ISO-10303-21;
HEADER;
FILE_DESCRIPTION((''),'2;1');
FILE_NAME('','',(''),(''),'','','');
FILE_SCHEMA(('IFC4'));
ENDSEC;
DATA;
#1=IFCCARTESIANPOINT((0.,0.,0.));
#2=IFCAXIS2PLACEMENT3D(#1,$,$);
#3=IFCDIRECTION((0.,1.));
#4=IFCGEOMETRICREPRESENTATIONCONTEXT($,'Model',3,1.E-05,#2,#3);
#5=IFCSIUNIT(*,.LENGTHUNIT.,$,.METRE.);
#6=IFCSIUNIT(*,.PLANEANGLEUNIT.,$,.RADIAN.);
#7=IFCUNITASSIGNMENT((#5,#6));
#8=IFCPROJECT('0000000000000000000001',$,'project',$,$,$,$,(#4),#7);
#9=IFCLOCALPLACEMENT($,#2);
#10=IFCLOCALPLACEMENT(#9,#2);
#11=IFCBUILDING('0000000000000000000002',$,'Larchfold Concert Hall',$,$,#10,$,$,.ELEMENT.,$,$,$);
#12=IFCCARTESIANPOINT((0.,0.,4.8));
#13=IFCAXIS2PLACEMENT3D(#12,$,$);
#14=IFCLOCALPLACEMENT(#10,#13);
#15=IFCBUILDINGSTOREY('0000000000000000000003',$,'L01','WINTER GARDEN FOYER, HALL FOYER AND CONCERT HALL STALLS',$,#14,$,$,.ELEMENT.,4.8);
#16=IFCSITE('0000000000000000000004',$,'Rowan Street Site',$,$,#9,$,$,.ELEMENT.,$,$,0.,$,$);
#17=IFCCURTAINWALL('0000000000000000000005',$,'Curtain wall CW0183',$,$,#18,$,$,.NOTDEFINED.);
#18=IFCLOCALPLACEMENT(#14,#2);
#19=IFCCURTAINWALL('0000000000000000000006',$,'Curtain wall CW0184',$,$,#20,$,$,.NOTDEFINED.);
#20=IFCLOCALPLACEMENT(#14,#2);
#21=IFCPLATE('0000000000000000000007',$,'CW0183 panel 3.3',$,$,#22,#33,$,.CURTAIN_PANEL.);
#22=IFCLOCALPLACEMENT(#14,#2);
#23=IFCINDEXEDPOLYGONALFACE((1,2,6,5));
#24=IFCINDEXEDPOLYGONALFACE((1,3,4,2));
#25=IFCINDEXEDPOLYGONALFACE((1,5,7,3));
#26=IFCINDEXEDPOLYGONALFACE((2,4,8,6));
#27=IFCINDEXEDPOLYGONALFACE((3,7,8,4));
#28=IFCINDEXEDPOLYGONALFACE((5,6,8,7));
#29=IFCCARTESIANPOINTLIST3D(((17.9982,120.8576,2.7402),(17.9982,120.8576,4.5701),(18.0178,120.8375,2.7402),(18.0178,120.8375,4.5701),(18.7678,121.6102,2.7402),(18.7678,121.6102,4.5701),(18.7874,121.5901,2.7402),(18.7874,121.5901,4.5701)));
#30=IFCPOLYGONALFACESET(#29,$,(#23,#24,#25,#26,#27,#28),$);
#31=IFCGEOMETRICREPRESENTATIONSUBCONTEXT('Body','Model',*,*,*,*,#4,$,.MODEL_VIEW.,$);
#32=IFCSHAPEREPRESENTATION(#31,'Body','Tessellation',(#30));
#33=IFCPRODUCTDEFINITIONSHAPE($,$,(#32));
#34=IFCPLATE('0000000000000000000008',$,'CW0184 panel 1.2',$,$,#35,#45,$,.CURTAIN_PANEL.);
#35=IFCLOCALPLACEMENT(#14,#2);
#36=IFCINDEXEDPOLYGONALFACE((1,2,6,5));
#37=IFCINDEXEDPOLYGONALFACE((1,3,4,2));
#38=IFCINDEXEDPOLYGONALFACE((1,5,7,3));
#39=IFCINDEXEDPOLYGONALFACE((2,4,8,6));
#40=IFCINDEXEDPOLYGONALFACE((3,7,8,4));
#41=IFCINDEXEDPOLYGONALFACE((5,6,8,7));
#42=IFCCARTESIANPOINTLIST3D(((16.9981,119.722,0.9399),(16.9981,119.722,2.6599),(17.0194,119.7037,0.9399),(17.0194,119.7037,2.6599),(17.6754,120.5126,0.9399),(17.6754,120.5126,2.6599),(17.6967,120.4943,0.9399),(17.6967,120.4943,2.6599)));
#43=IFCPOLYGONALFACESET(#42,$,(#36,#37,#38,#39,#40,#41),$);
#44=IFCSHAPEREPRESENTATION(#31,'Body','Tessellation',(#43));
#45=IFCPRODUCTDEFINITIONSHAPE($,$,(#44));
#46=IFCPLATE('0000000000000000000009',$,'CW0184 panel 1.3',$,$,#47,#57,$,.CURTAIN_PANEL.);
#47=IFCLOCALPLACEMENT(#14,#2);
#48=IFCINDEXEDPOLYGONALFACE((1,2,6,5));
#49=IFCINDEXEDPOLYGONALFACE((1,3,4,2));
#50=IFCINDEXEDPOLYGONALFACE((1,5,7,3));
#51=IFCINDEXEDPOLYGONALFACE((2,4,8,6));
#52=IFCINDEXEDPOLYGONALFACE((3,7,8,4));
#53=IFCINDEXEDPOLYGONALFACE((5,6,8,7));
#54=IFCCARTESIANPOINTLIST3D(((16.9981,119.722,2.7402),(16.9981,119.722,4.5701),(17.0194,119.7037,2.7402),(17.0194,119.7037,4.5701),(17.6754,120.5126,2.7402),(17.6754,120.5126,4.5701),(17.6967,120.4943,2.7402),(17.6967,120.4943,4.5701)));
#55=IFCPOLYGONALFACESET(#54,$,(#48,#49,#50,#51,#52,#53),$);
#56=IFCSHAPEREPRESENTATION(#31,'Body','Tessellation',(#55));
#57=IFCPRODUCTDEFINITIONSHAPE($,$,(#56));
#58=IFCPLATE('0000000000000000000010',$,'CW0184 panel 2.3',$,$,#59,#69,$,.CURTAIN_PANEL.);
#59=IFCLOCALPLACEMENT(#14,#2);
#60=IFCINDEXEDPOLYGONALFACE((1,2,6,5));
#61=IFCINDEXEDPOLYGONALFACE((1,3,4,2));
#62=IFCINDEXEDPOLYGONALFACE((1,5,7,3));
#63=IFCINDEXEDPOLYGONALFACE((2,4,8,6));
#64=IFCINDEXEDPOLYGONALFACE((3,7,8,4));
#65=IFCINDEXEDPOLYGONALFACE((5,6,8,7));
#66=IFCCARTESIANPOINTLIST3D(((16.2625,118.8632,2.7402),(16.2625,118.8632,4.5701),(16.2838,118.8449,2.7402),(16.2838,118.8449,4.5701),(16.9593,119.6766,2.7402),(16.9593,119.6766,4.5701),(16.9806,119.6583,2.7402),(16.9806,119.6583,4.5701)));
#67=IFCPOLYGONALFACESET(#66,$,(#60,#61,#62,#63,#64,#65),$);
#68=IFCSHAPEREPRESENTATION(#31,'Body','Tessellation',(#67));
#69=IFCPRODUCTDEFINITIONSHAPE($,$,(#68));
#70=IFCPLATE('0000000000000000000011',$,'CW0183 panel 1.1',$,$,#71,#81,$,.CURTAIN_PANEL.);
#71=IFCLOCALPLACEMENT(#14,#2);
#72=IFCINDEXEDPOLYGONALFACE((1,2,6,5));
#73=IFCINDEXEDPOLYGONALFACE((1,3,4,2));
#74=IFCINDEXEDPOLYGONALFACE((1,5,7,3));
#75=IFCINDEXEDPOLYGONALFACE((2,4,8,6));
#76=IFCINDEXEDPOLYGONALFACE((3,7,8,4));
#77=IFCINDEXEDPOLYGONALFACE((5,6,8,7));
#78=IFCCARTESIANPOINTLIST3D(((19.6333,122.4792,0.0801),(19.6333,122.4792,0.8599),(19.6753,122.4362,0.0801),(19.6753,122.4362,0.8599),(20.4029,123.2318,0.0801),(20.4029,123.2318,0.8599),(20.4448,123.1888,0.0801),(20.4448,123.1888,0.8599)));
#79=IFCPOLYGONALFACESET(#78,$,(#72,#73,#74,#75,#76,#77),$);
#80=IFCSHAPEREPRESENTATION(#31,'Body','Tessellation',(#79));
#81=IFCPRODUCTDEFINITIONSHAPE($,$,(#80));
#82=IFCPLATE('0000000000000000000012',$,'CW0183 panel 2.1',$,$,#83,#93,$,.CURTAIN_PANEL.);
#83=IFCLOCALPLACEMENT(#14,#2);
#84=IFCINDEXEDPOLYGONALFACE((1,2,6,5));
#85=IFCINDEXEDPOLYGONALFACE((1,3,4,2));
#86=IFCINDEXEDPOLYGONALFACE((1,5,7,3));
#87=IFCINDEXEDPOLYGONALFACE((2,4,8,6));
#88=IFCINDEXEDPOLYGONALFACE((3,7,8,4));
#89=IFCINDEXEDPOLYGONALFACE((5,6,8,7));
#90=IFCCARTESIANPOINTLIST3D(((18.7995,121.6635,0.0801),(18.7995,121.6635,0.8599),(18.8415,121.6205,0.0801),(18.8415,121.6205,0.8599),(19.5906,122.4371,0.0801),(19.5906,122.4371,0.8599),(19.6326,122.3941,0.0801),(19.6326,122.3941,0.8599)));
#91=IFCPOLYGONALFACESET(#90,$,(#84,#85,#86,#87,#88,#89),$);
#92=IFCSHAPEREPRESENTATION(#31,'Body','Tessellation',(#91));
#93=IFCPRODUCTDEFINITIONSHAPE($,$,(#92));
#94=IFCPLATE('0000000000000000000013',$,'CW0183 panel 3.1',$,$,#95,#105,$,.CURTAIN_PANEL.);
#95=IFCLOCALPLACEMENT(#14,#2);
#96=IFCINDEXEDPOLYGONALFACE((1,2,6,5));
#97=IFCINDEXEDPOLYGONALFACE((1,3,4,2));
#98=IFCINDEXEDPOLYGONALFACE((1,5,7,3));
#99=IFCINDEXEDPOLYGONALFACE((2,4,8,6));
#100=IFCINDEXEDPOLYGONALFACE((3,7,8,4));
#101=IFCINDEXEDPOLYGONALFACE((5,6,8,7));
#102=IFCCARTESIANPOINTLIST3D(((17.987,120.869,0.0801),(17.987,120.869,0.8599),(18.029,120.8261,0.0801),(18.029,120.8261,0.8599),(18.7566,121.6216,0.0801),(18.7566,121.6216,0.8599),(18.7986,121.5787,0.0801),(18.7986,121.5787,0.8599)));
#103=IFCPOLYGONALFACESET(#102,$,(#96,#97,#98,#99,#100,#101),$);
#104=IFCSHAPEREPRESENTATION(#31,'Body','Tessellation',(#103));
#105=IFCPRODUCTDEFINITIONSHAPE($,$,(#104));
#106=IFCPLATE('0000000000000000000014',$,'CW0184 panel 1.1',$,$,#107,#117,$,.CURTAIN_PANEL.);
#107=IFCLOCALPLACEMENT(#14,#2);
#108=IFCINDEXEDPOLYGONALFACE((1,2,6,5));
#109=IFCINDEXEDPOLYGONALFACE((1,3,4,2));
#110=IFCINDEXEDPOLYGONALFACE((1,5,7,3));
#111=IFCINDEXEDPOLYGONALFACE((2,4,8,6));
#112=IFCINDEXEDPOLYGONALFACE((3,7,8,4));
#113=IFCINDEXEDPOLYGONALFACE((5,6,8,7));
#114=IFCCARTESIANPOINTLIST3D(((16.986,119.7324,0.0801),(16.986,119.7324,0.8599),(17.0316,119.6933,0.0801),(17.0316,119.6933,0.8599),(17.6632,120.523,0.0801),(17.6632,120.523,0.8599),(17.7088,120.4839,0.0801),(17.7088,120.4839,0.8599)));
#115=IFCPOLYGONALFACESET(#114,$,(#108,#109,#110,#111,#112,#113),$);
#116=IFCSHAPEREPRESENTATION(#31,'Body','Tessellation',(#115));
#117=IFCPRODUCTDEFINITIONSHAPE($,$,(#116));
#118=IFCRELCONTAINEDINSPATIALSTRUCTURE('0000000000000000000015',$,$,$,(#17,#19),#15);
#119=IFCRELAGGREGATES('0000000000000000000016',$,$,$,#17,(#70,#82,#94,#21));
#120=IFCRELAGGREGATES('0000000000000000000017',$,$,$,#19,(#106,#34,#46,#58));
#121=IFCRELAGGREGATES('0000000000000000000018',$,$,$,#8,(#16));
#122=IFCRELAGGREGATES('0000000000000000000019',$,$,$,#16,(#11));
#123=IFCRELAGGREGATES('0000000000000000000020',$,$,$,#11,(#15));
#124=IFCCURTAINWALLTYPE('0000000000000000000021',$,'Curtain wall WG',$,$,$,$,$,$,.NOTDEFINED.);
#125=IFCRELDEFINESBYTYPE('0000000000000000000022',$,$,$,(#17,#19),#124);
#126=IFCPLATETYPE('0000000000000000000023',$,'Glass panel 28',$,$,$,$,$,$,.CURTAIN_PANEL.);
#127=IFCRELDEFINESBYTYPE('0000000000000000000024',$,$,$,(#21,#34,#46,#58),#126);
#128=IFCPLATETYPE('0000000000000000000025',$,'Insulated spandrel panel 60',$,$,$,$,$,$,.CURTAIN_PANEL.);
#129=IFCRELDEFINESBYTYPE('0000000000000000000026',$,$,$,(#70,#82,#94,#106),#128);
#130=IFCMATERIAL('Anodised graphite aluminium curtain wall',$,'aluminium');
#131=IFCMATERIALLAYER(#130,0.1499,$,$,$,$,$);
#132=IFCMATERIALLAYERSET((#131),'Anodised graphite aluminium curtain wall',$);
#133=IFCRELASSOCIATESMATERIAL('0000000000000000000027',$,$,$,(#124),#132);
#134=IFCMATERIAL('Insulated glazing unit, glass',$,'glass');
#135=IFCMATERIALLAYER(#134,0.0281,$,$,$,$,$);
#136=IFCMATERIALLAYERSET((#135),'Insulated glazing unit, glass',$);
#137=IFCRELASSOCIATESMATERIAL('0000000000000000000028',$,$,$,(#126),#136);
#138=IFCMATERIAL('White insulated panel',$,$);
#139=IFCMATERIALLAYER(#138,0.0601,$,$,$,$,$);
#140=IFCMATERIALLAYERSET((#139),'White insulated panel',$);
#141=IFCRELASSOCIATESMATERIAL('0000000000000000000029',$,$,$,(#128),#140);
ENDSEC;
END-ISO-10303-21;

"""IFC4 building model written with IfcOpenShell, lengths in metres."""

from ifc_helpers import new_model, si_unit, direction, frame, origin, origin_2d, place, context, subcontext, project, spatial, rectangle, extrude, material, layer, layer_set, type_object, element, aggregate, save


model = new_model("IFC4")

# Units and contexts
model_context = context("Model", 3, precision=1e-05, world=origin(), true_north=direction((0.0, 1.0)))
body_context = subcontext(model_context, "Body", "Model", "MODEL_VIEW")
ifc_project = project(units=[si_unit("LENGTHUNIT", "METRE"), si_unit("PLANEANGLEUNIT", "RADIAN")], contexts=[model_context])

# Site, building, storey
site_placement = place(None, origin())
site = spatial("IfcSite", under=ifc_project, at=site_placement, Name="Rowan Street Site", CompositionType="ELEMENT", RefElevation=0.0)
building_placement = place(site_placement, origin())
building = spatial("IfcBuilding", under=site, at=building_placement, Name="Larchfold Concert Hall", CompositionType="ELEMENT")
storey_placement = place(building_placement, frame((0.0, 0.0, 4.8)))
storey = spatial("IfcBuildingStorey", under=building, at=storey_placement, Name="L01", Description="WINTER GARDEN FOYER, HALL FOYER AND CONCERT HALL STALLS", CompositionType="ELEMENT", Elevation=4.8)

# Curtain walls
ifc_material_1 = material(Name="Anodised graphite aluminium curtain wall", Category="aluminium")
ifc_layer_1 = layer(ifc_material_1, 0.1499)
ifc_layer_set_1 = layer_set([ifc_layer_1], Name="Anodised graphite aluminium curtain wall")
curtain_wall_type = type_object("IfcCurtainWallType", Name="Curtain wall WG", PredefinedType="NOTDEFINED", material=ifc_layer_set_1)
curtain_wall_1_placement = place(storey_placement, origin())
curtain_wall_1 = element("IfcCurtainWall", 1, at=curtain_wall_1_placement, inside=storey, type_object=curtain_wall_type, Name="Curtain wall CW0183", PredefinedType="NOTDEFINED")
curtain_wall_2_placement = place(storey_placement, origin())
curtain_wall_2 = element("IfcCurtainWall", 2, at=curtain_wall_2_placement, inside=storey, type_object=curtain_wall_type, Name="Curtain wall CW0184", PredefinedType="NOTDEFINED")

# Plates
ifc_material_2 = material(Name="Insulated glazing unit, glass", Category="glass")
ifc_layer_2 = layer(ifc_material_2, 0.0281)
ifc_layer_set_2 = layer_set([ifc_layer_2], Name="Insulated glazing unit, glass")
plate_type_1 = type_object("IfcPlateType", Name="Glass panel 28", PredefinedType="CURTAIN_PANEL", material=ifc_layer_set_2)
plate_1_placement = place(storey_placement, frame((18.3928, 121.2239, 2.7402), z_axis=(0.0, 0.0, 1.0), x_axis=(-0.714947, -0.699179, 0.0)))
plate_1 = element("IfcPlate", 3, at=plate_1_placement, type_object=plate_type_1, Name="CW0183 panel 3.3", PredefinedType="CURTAIN_PANEL", context=body_context, shape_type="SweptSolid", body=[
    extrude(rectangle(XDim=1.0764, YDim=0.0281, at=origin_2d()), origin(), (0.0, 0.0, 1.0), 1.8298),
])
plate_2_placement = place(storey_placement, frame((17.3474, 120.1082, 0.9399), z_axis=(0.0, 0.0, 1.0), x_axis=(-0.650572, -0.759445, 0.0)))
plate_2 = element("IfcPlate", 4, at=plate_2_placement, type_object=plate_type_1, Name="CW0184 panel 1.2", PredefinedType="CURTAIN_PANEL", context=body_context, shape_type="SweptSolid", body=[
    extrude(rectangle(XDim=1.041, YDim=0.0281, at=origin_2d()), origin(), (0.0, 0.0, 1.0), 1.72),
])
plate_3_placement = place(storey_placement, frame((17.3474, 120.1082, 2.7402), z_axis=(0.0, 0.0, 1.0), x_axis=(-0.650572, -0.759445, 0.0)))
plate_3 = element("IfcPlate", 5, at=plate_3_placement, type_object=plate_type_1, Name="CW0184 panel 1.3", PredefinedType="CURTAIN_PANEL", context=body_context, shape_type="SweptSolid", body=[
    extrude(rectangle(XDim=1.041, YDim=0.0281, at=origin_2d()), origin(), (0.0, 0.0, 1.0), 1.8298),
])
plate_4_placement = place(storey_placement, frame((16.6216, 119.2607, 2.7402), z_axis=(0.0, 0.0, 1.0), x_axis=(-0.650572, -0.759445, 0.0)))
plate_4 = element("IfcPlate", 6, at=plate_4_placement, type_object=plate_type_1, Name="CW0184 panel 2.3", PredefinedType="CURTAIN_PANEL", context=body_context, shape_type="SweptSolid", body=[
    extrude(rectangle(XDim=1.071, YDim=0.0281, at=origin_2d()), origin(), (0.0, 0.0, 1.0), 1.8298),
])
ifc_material_3 = material(Name="White insulated panel")
ifc_layer_3 = layer(ifc_material_3, 0.0601)
ifc_layer_set_3 = layer_set([ifc_layer_3], Name="White insulated panel")
plate_type_2 = type_object("IfcPlateType", Name="Insulated spandrel panel 60", PredefinedType="CURTAIN_PANEL", material=ifc_layer_set_3)
plate_5_placement = place(storey_placement, frame((20.0391, 122.834, 0.0801), z_axis=(0.0, 0.0, 1.0), x_axis=(-0.714947, -0.699179, 0.0)))
plate_5 = element("IfcPlate", 7, at=plate_5_placement, type_object=plate_type_2, Name="CW0183 panel 1.1", PredefinedType="CURTAIN_PANEL", context=body_context, shape_type="SweptSolid", body=[
    extrude(rectangle(XDim=1.0764, YDim=0.0601, at=origin_2d()), origin(), (0.0, 0.0, 1.0), 0.7798),
])
plate_6_placement = place(storey_placement, frame((19.2161, 122.0288, 0.0801), z_axis=(0.0, 0.0, 1.0), x_axis=(-0.714947, -0.699179, 0.0)))
plate_6 = element("IfcPlate", 8, at=plate_6_placement, type_object=plate_type_2, Name="CW0183 panel 2.1", PredefinedType="CURTAIN_PANEL", context=body_context, shape_type="SweptSolid", body=[
    extrude(rectangle(XDim=1.1064, YDim=0.0601, at=origin_2d()), origin(), (0.0, 0.0, 1.0), 0.7798),
])
plate_7_placement = place(storey_placement, frame((18.3928, 121.2239, 0.0801), z_axis=(0.0, 0.0, 1.0), x_axis=(-0.714947, -0.699179, 0.0)))
plate_7 = element("IfcPlate", 9, at=plate_7_placement, type_object=plate_type_2, Name="CW0183 panel 3.1", PredefinedType="CURTAIN_PANEL", context=body_context, shape_type="SweptSolid", body=[
    extrude(rectangle(XDim=1.0764, YDim=0.0601, at=origin_2d()), origin(), (0.0, 0.0, 1.0), 0.7798),
])
aggregate(curtain_wall_1, [plate_5, plate_6, plate_7, plate_1])
plate_8_placement = place(storey_placement, frame((17.3474, 120.1082, 0.0801), z_axis=(0.0, 0.0, 1.0), x_axis=(-0.650572, -0.759445, 0.0)))
plate_8 = element("IfcPlate", 10, at=plate_8_placement, type_object=plate_type_2, Name="CW0184 panel 1.1", PredefinedType="CURTAIN_PANEL", context=body_context, shape_type="SweptSolid", body=[
    extrude(rectangle(XDim=1.041, YDim=0.0601, at=origin_2d()), origin(), (0.0, 0.0, 1.0), 0.7798),
])
aggregate(curtain_wall_2, [plate_8, plate_2, plate_3, plate_4])

save(model, "model.ifc")
